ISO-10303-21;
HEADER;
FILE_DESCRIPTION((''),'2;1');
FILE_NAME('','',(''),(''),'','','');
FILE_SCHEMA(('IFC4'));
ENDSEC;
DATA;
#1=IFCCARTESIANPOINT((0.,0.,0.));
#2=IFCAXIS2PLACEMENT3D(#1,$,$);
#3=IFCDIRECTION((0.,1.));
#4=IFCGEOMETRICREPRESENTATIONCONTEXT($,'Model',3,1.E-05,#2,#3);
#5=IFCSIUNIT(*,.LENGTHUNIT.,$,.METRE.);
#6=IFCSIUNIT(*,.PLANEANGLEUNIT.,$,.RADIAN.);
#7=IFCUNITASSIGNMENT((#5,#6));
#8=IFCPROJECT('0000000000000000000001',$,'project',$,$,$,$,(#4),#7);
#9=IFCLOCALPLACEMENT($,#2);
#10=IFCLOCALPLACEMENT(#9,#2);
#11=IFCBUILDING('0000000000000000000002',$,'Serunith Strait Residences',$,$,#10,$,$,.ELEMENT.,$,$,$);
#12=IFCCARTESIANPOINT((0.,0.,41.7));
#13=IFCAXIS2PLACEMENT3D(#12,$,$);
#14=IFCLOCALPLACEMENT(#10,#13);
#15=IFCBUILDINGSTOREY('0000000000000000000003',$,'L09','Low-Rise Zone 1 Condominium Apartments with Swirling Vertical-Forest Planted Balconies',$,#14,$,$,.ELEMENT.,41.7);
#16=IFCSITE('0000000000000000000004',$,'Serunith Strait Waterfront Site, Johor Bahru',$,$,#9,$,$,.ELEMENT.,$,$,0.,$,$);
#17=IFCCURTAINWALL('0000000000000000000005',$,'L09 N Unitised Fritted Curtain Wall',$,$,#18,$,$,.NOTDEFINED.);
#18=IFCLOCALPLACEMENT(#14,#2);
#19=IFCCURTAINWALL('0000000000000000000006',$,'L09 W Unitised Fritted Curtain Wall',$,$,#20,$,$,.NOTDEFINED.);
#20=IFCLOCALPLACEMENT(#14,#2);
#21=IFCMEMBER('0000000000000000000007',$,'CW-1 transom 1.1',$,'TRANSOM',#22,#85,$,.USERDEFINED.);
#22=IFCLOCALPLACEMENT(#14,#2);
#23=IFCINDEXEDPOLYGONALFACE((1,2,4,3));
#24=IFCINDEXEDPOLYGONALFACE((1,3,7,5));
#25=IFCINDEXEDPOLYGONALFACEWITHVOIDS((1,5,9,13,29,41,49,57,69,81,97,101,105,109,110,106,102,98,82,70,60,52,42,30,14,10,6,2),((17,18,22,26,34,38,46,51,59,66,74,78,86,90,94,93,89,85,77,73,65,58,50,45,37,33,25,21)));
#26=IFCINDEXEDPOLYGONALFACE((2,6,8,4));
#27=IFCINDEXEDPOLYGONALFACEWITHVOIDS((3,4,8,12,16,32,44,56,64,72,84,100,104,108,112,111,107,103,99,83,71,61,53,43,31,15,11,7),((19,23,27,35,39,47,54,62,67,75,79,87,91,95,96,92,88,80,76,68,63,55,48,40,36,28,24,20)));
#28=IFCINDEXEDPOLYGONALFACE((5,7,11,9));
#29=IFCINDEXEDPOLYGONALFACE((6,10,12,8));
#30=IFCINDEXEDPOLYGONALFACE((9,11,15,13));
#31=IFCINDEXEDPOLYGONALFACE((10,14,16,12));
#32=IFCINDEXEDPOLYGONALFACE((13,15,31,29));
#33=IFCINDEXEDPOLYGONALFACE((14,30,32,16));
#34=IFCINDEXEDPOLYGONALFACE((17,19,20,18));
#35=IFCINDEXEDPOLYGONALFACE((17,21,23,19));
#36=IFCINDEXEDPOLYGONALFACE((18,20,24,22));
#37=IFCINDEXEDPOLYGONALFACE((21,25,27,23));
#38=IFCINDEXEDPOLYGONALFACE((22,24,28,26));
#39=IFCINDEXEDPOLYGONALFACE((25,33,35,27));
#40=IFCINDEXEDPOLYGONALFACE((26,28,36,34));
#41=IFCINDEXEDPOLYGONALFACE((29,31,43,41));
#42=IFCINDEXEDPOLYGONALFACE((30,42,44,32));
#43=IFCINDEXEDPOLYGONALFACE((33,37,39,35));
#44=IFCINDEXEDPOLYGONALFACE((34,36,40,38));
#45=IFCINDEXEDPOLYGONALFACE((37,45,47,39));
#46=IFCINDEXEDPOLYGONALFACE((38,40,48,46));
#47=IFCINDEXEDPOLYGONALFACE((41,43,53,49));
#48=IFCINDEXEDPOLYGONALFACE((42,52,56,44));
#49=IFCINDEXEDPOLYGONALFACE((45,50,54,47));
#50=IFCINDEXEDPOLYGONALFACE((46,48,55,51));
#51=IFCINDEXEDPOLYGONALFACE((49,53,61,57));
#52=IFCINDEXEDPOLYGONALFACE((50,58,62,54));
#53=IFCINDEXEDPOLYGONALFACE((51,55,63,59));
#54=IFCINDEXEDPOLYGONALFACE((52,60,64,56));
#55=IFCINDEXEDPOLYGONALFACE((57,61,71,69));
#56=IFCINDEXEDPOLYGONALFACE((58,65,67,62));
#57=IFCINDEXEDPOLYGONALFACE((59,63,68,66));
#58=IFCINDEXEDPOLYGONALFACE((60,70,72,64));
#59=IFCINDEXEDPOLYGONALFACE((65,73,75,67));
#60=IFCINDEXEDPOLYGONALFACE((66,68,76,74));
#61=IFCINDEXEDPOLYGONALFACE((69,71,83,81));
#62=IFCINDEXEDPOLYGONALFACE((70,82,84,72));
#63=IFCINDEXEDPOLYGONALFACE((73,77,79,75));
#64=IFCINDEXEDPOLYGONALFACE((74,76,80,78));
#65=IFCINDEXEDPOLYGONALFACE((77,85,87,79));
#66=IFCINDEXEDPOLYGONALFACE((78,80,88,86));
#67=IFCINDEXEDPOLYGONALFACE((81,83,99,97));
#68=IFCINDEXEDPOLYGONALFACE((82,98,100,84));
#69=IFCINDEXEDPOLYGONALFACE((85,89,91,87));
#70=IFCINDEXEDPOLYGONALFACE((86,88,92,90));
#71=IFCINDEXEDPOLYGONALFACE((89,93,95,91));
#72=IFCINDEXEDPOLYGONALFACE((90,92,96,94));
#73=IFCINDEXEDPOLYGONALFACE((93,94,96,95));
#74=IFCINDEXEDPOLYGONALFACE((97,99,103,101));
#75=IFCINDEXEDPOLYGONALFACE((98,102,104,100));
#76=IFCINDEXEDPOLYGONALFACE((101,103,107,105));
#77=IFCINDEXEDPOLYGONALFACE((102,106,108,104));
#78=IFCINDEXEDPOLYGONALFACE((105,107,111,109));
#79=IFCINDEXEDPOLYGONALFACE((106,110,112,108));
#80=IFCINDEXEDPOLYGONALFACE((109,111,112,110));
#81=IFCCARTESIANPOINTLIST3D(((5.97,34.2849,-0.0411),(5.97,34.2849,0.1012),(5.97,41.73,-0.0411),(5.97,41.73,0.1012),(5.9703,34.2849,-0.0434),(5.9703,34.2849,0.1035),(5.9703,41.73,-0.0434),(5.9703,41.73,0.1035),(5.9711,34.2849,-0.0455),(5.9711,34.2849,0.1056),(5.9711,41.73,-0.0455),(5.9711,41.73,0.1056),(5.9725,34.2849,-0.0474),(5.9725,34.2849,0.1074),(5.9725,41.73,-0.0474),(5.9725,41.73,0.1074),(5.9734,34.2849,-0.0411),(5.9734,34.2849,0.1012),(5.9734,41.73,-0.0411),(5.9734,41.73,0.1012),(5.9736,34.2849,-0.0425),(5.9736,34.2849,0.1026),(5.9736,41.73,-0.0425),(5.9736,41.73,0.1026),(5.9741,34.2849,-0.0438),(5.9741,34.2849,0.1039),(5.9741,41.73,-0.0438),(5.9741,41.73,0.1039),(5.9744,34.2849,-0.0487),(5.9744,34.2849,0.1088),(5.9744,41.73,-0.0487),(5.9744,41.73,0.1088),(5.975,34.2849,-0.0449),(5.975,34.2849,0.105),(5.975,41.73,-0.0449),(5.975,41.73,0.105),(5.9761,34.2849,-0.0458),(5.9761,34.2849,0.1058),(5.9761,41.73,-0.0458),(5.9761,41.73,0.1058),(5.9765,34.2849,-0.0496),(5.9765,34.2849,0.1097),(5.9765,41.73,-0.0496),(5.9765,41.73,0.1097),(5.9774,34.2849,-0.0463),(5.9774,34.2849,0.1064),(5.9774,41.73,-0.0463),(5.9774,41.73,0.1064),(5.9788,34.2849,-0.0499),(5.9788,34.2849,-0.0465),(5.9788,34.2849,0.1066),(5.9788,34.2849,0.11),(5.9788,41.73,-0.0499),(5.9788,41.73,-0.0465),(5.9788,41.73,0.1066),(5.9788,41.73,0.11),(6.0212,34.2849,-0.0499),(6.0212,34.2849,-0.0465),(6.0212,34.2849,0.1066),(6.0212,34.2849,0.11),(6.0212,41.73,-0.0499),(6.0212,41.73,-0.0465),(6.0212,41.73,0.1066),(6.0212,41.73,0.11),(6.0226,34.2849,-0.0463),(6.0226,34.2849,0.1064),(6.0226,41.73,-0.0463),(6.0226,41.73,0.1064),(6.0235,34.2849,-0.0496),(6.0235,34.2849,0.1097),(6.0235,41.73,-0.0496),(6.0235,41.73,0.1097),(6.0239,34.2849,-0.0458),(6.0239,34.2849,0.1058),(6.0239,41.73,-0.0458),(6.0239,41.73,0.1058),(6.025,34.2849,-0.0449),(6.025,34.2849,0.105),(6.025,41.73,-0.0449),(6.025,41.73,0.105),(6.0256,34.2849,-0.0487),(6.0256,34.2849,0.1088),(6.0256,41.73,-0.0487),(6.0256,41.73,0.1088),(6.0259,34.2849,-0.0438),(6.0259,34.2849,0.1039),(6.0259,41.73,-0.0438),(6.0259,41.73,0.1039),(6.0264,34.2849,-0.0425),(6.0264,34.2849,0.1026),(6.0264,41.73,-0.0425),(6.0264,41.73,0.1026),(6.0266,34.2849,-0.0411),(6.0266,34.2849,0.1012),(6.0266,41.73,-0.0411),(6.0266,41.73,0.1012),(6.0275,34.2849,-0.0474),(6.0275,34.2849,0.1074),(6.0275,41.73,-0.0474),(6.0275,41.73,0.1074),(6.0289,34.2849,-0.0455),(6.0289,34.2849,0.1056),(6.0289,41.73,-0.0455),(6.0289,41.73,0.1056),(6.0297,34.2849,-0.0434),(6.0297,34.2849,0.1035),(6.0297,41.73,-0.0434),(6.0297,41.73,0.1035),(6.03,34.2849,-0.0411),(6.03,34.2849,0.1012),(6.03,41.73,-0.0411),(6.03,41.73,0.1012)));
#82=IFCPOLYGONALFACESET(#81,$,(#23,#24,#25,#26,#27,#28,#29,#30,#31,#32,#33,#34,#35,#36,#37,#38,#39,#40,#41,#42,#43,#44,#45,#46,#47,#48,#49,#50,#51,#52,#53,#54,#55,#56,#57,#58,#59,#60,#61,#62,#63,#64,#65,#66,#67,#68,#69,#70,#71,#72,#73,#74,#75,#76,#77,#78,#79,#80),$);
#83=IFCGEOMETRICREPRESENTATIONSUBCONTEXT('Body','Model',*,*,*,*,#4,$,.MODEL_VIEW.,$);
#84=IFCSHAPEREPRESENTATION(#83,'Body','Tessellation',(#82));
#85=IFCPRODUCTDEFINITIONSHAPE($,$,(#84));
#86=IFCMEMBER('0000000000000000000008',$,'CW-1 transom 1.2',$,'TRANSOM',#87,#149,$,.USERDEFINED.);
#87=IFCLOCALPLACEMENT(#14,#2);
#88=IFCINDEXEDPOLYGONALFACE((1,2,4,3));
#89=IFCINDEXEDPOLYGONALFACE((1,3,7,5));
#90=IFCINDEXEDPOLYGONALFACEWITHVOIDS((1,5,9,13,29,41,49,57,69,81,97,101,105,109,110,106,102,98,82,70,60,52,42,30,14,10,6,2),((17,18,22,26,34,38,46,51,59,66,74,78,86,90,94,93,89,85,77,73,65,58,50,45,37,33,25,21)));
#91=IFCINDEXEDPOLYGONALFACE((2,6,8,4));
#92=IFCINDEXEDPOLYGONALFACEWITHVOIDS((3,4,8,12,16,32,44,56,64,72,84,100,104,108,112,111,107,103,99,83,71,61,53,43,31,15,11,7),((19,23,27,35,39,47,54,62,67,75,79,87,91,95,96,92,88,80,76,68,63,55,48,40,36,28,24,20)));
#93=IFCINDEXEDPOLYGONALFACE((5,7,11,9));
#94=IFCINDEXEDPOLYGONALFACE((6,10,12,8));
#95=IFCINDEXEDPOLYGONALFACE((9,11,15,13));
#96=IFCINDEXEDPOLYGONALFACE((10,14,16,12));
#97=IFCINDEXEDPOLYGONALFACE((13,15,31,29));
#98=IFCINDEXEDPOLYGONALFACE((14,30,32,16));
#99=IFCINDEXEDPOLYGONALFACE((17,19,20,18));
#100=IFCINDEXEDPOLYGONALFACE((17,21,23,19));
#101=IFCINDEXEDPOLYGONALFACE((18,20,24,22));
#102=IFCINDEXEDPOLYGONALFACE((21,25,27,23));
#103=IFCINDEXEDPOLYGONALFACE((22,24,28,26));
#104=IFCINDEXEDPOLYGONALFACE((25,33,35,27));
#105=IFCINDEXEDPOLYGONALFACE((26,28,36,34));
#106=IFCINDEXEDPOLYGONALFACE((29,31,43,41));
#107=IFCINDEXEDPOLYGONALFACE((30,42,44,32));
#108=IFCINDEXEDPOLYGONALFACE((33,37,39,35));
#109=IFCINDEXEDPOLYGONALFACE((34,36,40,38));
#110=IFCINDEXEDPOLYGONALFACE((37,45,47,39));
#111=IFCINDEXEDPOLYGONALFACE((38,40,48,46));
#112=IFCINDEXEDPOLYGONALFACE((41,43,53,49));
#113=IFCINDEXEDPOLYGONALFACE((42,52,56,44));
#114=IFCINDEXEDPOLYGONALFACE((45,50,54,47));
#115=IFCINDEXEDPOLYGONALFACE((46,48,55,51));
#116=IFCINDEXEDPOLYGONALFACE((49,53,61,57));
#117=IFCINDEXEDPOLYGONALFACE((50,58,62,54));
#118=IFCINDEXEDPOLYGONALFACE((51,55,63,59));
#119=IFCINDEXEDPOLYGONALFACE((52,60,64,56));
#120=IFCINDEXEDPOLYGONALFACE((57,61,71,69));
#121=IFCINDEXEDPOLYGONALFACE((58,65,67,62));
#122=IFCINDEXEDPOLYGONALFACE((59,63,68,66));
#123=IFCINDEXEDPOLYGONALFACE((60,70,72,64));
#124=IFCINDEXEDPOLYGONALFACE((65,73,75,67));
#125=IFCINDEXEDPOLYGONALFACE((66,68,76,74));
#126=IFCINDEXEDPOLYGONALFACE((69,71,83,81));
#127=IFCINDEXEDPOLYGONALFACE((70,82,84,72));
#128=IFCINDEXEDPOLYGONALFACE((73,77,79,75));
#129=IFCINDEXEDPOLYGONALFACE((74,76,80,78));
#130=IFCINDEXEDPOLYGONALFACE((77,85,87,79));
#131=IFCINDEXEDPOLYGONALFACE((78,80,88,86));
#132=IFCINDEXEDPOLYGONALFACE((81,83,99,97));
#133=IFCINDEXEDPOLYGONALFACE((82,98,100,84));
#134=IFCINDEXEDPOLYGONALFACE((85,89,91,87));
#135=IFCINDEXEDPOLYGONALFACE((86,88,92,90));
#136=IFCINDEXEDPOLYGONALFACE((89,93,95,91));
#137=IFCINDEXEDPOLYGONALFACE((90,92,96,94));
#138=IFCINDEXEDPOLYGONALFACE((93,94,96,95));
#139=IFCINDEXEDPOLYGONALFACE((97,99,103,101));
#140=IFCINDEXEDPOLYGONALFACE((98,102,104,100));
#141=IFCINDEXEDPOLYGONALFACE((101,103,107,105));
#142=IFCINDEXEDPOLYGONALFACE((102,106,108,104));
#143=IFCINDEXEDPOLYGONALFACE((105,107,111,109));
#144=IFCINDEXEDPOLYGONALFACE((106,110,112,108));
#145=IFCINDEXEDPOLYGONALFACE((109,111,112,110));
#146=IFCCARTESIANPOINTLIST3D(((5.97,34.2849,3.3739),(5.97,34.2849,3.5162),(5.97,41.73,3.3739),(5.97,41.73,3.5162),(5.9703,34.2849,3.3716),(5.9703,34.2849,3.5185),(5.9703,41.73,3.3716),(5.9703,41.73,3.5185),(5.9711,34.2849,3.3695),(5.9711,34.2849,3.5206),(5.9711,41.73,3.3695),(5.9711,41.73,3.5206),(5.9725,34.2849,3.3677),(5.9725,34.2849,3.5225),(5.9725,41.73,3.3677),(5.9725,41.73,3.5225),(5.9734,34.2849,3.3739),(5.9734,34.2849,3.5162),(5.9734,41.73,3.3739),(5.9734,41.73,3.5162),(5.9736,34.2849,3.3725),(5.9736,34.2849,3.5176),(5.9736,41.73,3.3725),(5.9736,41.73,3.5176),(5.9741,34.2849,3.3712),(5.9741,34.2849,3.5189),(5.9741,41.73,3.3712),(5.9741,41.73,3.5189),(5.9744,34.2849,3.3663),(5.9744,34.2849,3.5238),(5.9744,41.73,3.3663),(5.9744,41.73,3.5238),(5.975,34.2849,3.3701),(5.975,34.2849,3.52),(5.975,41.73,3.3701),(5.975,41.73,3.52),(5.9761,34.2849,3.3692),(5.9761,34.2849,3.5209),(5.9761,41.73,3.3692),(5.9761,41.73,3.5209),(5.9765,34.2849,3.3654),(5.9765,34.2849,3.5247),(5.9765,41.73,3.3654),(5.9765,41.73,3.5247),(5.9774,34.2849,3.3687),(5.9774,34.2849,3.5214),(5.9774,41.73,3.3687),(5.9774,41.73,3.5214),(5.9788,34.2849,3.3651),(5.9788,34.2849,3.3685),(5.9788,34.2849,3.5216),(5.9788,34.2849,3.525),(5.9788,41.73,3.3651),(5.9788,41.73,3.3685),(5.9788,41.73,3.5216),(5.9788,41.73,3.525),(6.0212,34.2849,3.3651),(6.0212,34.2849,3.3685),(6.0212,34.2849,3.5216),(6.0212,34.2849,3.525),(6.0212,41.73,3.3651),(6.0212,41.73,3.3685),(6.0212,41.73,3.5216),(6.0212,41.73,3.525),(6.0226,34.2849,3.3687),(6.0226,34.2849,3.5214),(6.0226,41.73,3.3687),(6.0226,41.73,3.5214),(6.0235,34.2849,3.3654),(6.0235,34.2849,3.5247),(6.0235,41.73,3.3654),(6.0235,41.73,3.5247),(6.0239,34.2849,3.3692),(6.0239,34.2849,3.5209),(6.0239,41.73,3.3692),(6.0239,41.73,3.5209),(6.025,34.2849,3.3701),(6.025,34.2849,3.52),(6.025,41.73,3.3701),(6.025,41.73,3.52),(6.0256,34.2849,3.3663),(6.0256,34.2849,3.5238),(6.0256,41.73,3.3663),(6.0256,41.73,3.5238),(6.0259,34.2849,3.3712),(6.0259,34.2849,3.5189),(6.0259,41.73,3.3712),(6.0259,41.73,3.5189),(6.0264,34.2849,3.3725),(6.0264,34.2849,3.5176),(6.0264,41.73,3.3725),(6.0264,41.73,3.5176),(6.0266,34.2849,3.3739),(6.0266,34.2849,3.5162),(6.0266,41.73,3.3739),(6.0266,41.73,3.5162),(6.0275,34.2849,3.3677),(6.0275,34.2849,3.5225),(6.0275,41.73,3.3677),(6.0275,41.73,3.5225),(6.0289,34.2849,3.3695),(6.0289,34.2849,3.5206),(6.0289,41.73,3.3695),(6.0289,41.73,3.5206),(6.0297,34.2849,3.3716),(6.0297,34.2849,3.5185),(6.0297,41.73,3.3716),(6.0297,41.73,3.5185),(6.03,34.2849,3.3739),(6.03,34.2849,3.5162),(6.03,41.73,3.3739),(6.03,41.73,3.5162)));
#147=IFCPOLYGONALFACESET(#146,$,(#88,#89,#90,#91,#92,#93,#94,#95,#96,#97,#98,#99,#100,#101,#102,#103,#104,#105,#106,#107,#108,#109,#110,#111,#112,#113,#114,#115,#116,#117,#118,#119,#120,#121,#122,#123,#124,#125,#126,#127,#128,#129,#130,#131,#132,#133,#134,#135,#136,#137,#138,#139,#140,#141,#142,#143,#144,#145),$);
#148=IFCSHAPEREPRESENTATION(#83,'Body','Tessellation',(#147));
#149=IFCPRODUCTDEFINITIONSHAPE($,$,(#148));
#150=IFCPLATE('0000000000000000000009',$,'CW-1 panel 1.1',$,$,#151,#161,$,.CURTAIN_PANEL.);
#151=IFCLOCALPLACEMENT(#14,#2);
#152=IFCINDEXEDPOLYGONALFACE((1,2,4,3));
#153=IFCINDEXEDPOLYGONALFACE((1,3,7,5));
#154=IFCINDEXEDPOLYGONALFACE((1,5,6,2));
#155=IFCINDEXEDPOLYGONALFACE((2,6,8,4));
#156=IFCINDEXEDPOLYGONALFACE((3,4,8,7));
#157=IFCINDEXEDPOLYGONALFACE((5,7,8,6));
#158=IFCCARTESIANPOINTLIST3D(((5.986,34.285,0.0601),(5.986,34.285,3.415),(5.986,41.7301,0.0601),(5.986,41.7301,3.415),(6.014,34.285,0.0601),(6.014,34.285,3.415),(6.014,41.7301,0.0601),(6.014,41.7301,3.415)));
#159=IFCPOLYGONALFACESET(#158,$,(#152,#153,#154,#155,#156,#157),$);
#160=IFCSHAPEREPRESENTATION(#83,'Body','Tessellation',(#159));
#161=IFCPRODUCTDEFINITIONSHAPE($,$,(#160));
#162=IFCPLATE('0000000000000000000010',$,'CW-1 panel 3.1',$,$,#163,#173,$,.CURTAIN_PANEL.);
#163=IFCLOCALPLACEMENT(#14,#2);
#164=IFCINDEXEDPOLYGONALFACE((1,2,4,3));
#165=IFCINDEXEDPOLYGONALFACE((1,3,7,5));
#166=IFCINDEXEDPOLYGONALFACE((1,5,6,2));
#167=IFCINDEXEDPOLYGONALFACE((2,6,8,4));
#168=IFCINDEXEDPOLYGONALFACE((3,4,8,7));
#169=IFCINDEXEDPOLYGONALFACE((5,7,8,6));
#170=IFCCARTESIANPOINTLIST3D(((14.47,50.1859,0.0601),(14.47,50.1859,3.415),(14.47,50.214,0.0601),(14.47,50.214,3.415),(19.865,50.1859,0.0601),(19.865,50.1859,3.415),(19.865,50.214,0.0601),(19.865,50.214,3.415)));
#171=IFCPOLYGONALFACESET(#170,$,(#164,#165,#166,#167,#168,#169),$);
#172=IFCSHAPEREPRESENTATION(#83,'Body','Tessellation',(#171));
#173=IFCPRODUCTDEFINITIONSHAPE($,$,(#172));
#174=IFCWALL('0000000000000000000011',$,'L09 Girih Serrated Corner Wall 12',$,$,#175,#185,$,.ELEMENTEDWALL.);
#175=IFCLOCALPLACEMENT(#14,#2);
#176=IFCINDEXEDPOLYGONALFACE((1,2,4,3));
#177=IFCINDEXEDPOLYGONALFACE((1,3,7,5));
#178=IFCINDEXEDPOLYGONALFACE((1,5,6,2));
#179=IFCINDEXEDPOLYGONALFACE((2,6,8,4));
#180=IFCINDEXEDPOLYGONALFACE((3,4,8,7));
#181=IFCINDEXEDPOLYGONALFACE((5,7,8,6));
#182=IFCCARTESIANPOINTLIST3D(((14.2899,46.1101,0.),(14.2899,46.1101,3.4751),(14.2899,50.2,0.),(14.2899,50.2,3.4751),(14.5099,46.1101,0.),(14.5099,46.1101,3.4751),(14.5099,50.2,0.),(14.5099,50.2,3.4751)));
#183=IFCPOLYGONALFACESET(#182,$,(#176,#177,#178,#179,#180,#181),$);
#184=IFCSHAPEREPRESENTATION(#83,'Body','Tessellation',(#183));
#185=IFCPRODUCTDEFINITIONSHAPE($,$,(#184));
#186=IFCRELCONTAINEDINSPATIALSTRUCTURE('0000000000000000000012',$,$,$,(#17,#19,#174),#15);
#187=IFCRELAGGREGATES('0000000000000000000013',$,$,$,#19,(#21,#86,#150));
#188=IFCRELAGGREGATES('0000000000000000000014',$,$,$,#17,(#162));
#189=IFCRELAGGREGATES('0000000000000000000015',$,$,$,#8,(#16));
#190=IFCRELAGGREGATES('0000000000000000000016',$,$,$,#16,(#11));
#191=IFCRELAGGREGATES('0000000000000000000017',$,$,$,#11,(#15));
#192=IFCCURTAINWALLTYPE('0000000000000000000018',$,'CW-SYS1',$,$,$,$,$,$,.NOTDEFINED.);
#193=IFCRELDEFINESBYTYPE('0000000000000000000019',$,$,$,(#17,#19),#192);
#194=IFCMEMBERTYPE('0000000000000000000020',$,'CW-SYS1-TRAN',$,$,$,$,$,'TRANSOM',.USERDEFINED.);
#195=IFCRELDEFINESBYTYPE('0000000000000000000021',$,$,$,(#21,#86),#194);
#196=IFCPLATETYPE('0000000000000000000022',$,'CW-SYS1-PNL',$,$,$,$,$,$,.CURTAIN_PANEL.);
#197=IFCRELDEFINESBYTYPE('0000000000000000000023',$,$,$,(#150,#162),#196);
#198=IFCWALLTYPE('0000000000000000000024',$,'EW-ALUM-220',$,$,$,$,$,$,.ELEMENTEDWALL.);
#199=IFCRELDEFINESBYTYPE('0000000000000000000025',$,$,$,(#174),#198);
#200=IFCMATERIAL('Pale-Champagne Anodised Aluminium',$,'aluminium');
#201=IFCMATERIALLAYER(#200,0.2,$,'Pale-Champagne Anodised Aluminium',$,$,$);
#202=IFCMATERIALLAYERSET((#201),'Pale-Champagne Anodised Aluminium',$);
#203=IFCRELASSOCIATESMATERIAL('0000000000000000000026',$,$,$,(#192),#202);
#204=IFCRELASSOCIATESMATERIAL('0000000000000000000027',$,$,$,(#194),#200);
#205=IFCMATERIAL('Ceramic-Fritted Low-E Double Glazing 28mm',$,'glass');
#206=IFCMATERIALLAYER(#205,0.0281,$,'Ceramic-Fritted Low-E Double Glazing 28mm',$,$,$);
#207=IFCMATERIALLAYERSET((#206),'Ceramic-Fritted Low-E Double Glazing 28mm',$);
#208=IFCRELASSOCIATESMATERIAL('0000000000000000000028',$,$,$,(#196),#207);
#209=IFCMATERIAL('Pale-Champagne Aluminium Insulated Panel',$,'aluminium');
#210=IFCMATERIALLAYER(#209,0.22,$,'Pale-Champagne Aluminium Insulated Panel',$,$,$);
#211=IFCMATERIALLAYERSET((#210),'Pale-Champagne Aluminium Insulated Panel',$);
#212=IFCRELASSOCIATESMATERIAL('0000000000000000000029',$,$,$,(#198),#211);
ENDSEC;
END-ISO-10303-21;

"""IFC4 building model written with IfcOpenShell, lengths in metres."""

from ifc_helpers import new_model, si_unit, direction, frame, frame_2d, origin, origin_2d, place, context, subcontext, project, spatial, rectangle, hollow_rectangle, extrude, source, transform, mapped, material, layer, layer_set, material_profile, profile_set, type_object, element, aggregate, save


model = new_model("IFC4")

# Units and contexts
model_context = context("Model", 3, precision=1e-05, world=origin(), true_north=direction((0.0, 1.0)))
body_context = subcontext(model_context, "Body", "Model", "MODEL_VIEW")
ifc_project = project(units=[si_unit("LENGTHUNIT", "METRE"), si_unit("PLANEANGLEUNIT", "RADIAN")], contexts=[model_context])

# Site, building, storey
site_placement = place(None, origin())
site = spatial("IfcSite", under=ifc_project, at=site_placement, Name="Serunith Strait Waterfront Site, Johor Bahru", CompositionType="ELEMENT", RefElevation=0.0)
building_placement = place(site_placement, origin())
building = spatial("IfcBuilding", under=site, at=building_placement, Name="Serunith Strait Residences", CompositionType="ELEMENT")
storey_placement = place(building_placement, frame((0.0, 0.0, 41.7)))
storey = spatial("IfcBuildingStorey", under=building, at=storey_placement, Name="L09", Description="Low-Rise Zone 1 Condominium Apartments with Swirling Vertical-Forest Planted Balconies", CompositionType="ELEMENT", Elevation=41.7)

# Curtain wall
ifc_material_1 = material(Name="Pale-Champagne Anodised Aluminium", Category="aluminium")
ifc_layer_1 = layer(ifc_material_1, 0.2, Name="Pale-Champagne Anodised Aluminium")
ifc_layer_set_1 = layer_set([ifc_layer_1], Name="Pale-Champagne Anodised Aluminium")
curtain_wall_type = type_object("IfcCurtainWallType", Name="CW-SYS1", PredefinedType="NOTDEFINED", material=ifc_layer_set_1)
curtain_wall_1_placement = place(storey_placement, origin())
curtain_wall_1 = element("IfcCurtainWall", 1, at=curtain_wall_1_placement, inside=storey, type_object=curtain_wall_type, Name="L09 N Unitised Fritted Curtain Wall", PredefinedType="NOTDEFINED")

# Curtain wall, members, plate
curtain_wall_2_placement = place(storey_placement, origin())
curtain_wall_2 = element("IfcCurtainWall", 2, at=curtain_wall_2_placement, inside=storey, type_object=curtain_wall_type, Name="L09 W Unitised Fritted Curtain Wall", PredefinedType="NOTDEFINED")
ifc_material_profile_1 = material_profile(ifc_material_1, hollow_rectangle(XDim=0.0601, YDim=0.1599, WallThickness=0.0034, InnerFilletRadius=0.0054, OuterFilletRadius=0.0088, at=origin_2d()), Name="ALU 160x60x3.5")
ifc_profile_set_1 = profile_set([ifc_material_profile_1], Name="Pale-Champagne Anodised Aluminium")
member_type_1 = type_object("IfcMemberType", Name="CW-SYS1-TRAN", ElementType="TRANSOM", PredefinedType="USERDEFINED", material=ifc_profile_set_1)
shared_shape_1 = source(origin(), body_context, "Body", "SweptSolid", [
    extrude(hollow_rectangle(XDim=0.0601, YDim=0.1599, WallThickness=0.0034, InnerFilletRadius=0.0054, OuterFilletRadius=0.0088, at=origin_2d()), origin(), (0.0, 0.0, 1.0), 7.4451),
])
member_1_placement = place(storey_placement, frame((6.0, 41.73, 0.03), z_axis=(0.0, -1.0, 0.0), x_axis=(1.0, 0.0, 0.0)))
member_1 = element("IfcMember", 3, at=member_1_placement, type_object=member_type_1, Name="CW-1 transom 1.1", ObjectType="TRANSOM", PredefinedType="USERDEFINED", context=body_context, shape_type="MappedRepresentation", body=[
    mapped(shared_shape_1, transform((0.0, 0.0, 0.0), scale=1.0)),
])
member_2_placement = place(storey_placement, frame((6.0, 41.73, 3.4451), z_axis=(0.0, -1.0, 0.0), x_axis=(1.0, 0.0, 0.0)))
member_2 = element("IfcMember", 4, at=member_2_placement, type_object=member_type_1, Name="CW-1 transom 1.2", ObjectType="TRANSOM", PredefinedType="USERDEFINED", context=body_context, shape_type="MappedRepresentation", body=[
    mapped(shared_shape_1, transform((0.0, 0.0, 0.0), scale=1.0)),
])
ifc_material_2 = material(Name="Ceramic-Fritted Low-E Double Glazing 28mm", Category="glass")
ifc_layer_2 = layer(ifc_material_2, 0.0281, Name="Ceramic-Fritted Low-E Double Glazing 28mm")
ifc_layer_set_2 = layer_set([ifc_layer_2], Name="Ceramic-Fritted Low-E Double Glazing 28mm")
plate_type = type_object("IfcPlateType", Name="CW-SYS1-PNL", PredefinedType="CURTAIN_PANEL", material=ifc_layer_set_2)
shared_shape_2 = source(origin(), body_context, "Body", "SweptSolid", [
    extrude(rectangle(XDim=7.4451, YDim=0.0281, at=origin_2d()), origin(), (0.0, 0.0, 1.0), 3.355),
])
plate_1_placement = place(storey_placement, frame((6.0, 38.0076, 0.0601), z_axis=(0.0, 0.0, 1.0), x_axis=(0.0, -1.0, 0.0)))
plate_1 = element("IfcPlate", 5, at=plate_1_placement, type_object=plate_type, Name="CW-1 panel 1.1", PredefinedType="CURTAIN_PANEL", context=body_context, shape_type="MappedRepresentation", body=[
    mapped(shared_shape_2, transform((0.0, 0.0, 0.0), scale=1.0)),
])
aggregate(curtain_wall_2, [member_1, member_2, plate_1])

# Plate
shared_shape_3 = source(origin(), body_context, "Body", "SweptSolid", [
    extrude(rectangle(XDim=5.395, YDim=0.0281, at=origin_2d()), origin(), (0.0, 0.0, 1.0), 3.355),
])
plate_2_placement = place(storey_placement, frame((17.1675, 50.2, 0.0601), z_axis=(0.0, 0.0, 1.0), x_axis=(-1.0, 0.0, 0.0)))
plate_2 = element("IfcPlate", 6, at=plate_2_placement, type_object=plate_type, Name="CW-1 panel 3.1", PredefinedType="CURTAIN_PANEL", context=body_context, shape_type="MappedRepresentation", body=[
    mapped(shared_shape_3, transform((0.0, 0.0, 0.0), scale=1.0)),
])
aggregate(curtain_wall_1, [plate_2])

# Wall
ifc_material_3 = material(Name="Pale-Champagne Aluminium Insulated Panel", Category="aluminium")
ifc_layer_3 = layer(ifc_material_3, 0.22, Name="Pale-Champagne Aluminium Insulated Panel")
ifc_layer_set_3 = layer_set([ifc_layer_3], Name="Pale-Champagne Aluminium Insulated Panel")
wall_type_1 = type_object("IfcWallType", Name="EW-ALUM-220", PredefinedType="ELEMENTEDWALL", material=ifc_layer_set_3)
wall_1_placement = place(storey_placement, frame((14.3999, 50.2, 0.0), z_axis=(0.0, 0.0, 1.0), x_axis=(0.0, -1.0, 0.0)))
element("IfcWall", 7, at=wall_1_placement, inside=storey, type_object=wall_type_1, Name="L09 Girih Serrated Corner Wall 12", PredefinedType="ELEMENTEDWALL", context=body_context, shape_type="SweptSolid", body=[
    extrude(rectangle(XDim=4.0898, YDim=0.22, at=frame_2d((2.0449, 0.0))), origin(), (0.0, 0.0, 1.0), 3.4751),
])

save(model, "model.ifc")
